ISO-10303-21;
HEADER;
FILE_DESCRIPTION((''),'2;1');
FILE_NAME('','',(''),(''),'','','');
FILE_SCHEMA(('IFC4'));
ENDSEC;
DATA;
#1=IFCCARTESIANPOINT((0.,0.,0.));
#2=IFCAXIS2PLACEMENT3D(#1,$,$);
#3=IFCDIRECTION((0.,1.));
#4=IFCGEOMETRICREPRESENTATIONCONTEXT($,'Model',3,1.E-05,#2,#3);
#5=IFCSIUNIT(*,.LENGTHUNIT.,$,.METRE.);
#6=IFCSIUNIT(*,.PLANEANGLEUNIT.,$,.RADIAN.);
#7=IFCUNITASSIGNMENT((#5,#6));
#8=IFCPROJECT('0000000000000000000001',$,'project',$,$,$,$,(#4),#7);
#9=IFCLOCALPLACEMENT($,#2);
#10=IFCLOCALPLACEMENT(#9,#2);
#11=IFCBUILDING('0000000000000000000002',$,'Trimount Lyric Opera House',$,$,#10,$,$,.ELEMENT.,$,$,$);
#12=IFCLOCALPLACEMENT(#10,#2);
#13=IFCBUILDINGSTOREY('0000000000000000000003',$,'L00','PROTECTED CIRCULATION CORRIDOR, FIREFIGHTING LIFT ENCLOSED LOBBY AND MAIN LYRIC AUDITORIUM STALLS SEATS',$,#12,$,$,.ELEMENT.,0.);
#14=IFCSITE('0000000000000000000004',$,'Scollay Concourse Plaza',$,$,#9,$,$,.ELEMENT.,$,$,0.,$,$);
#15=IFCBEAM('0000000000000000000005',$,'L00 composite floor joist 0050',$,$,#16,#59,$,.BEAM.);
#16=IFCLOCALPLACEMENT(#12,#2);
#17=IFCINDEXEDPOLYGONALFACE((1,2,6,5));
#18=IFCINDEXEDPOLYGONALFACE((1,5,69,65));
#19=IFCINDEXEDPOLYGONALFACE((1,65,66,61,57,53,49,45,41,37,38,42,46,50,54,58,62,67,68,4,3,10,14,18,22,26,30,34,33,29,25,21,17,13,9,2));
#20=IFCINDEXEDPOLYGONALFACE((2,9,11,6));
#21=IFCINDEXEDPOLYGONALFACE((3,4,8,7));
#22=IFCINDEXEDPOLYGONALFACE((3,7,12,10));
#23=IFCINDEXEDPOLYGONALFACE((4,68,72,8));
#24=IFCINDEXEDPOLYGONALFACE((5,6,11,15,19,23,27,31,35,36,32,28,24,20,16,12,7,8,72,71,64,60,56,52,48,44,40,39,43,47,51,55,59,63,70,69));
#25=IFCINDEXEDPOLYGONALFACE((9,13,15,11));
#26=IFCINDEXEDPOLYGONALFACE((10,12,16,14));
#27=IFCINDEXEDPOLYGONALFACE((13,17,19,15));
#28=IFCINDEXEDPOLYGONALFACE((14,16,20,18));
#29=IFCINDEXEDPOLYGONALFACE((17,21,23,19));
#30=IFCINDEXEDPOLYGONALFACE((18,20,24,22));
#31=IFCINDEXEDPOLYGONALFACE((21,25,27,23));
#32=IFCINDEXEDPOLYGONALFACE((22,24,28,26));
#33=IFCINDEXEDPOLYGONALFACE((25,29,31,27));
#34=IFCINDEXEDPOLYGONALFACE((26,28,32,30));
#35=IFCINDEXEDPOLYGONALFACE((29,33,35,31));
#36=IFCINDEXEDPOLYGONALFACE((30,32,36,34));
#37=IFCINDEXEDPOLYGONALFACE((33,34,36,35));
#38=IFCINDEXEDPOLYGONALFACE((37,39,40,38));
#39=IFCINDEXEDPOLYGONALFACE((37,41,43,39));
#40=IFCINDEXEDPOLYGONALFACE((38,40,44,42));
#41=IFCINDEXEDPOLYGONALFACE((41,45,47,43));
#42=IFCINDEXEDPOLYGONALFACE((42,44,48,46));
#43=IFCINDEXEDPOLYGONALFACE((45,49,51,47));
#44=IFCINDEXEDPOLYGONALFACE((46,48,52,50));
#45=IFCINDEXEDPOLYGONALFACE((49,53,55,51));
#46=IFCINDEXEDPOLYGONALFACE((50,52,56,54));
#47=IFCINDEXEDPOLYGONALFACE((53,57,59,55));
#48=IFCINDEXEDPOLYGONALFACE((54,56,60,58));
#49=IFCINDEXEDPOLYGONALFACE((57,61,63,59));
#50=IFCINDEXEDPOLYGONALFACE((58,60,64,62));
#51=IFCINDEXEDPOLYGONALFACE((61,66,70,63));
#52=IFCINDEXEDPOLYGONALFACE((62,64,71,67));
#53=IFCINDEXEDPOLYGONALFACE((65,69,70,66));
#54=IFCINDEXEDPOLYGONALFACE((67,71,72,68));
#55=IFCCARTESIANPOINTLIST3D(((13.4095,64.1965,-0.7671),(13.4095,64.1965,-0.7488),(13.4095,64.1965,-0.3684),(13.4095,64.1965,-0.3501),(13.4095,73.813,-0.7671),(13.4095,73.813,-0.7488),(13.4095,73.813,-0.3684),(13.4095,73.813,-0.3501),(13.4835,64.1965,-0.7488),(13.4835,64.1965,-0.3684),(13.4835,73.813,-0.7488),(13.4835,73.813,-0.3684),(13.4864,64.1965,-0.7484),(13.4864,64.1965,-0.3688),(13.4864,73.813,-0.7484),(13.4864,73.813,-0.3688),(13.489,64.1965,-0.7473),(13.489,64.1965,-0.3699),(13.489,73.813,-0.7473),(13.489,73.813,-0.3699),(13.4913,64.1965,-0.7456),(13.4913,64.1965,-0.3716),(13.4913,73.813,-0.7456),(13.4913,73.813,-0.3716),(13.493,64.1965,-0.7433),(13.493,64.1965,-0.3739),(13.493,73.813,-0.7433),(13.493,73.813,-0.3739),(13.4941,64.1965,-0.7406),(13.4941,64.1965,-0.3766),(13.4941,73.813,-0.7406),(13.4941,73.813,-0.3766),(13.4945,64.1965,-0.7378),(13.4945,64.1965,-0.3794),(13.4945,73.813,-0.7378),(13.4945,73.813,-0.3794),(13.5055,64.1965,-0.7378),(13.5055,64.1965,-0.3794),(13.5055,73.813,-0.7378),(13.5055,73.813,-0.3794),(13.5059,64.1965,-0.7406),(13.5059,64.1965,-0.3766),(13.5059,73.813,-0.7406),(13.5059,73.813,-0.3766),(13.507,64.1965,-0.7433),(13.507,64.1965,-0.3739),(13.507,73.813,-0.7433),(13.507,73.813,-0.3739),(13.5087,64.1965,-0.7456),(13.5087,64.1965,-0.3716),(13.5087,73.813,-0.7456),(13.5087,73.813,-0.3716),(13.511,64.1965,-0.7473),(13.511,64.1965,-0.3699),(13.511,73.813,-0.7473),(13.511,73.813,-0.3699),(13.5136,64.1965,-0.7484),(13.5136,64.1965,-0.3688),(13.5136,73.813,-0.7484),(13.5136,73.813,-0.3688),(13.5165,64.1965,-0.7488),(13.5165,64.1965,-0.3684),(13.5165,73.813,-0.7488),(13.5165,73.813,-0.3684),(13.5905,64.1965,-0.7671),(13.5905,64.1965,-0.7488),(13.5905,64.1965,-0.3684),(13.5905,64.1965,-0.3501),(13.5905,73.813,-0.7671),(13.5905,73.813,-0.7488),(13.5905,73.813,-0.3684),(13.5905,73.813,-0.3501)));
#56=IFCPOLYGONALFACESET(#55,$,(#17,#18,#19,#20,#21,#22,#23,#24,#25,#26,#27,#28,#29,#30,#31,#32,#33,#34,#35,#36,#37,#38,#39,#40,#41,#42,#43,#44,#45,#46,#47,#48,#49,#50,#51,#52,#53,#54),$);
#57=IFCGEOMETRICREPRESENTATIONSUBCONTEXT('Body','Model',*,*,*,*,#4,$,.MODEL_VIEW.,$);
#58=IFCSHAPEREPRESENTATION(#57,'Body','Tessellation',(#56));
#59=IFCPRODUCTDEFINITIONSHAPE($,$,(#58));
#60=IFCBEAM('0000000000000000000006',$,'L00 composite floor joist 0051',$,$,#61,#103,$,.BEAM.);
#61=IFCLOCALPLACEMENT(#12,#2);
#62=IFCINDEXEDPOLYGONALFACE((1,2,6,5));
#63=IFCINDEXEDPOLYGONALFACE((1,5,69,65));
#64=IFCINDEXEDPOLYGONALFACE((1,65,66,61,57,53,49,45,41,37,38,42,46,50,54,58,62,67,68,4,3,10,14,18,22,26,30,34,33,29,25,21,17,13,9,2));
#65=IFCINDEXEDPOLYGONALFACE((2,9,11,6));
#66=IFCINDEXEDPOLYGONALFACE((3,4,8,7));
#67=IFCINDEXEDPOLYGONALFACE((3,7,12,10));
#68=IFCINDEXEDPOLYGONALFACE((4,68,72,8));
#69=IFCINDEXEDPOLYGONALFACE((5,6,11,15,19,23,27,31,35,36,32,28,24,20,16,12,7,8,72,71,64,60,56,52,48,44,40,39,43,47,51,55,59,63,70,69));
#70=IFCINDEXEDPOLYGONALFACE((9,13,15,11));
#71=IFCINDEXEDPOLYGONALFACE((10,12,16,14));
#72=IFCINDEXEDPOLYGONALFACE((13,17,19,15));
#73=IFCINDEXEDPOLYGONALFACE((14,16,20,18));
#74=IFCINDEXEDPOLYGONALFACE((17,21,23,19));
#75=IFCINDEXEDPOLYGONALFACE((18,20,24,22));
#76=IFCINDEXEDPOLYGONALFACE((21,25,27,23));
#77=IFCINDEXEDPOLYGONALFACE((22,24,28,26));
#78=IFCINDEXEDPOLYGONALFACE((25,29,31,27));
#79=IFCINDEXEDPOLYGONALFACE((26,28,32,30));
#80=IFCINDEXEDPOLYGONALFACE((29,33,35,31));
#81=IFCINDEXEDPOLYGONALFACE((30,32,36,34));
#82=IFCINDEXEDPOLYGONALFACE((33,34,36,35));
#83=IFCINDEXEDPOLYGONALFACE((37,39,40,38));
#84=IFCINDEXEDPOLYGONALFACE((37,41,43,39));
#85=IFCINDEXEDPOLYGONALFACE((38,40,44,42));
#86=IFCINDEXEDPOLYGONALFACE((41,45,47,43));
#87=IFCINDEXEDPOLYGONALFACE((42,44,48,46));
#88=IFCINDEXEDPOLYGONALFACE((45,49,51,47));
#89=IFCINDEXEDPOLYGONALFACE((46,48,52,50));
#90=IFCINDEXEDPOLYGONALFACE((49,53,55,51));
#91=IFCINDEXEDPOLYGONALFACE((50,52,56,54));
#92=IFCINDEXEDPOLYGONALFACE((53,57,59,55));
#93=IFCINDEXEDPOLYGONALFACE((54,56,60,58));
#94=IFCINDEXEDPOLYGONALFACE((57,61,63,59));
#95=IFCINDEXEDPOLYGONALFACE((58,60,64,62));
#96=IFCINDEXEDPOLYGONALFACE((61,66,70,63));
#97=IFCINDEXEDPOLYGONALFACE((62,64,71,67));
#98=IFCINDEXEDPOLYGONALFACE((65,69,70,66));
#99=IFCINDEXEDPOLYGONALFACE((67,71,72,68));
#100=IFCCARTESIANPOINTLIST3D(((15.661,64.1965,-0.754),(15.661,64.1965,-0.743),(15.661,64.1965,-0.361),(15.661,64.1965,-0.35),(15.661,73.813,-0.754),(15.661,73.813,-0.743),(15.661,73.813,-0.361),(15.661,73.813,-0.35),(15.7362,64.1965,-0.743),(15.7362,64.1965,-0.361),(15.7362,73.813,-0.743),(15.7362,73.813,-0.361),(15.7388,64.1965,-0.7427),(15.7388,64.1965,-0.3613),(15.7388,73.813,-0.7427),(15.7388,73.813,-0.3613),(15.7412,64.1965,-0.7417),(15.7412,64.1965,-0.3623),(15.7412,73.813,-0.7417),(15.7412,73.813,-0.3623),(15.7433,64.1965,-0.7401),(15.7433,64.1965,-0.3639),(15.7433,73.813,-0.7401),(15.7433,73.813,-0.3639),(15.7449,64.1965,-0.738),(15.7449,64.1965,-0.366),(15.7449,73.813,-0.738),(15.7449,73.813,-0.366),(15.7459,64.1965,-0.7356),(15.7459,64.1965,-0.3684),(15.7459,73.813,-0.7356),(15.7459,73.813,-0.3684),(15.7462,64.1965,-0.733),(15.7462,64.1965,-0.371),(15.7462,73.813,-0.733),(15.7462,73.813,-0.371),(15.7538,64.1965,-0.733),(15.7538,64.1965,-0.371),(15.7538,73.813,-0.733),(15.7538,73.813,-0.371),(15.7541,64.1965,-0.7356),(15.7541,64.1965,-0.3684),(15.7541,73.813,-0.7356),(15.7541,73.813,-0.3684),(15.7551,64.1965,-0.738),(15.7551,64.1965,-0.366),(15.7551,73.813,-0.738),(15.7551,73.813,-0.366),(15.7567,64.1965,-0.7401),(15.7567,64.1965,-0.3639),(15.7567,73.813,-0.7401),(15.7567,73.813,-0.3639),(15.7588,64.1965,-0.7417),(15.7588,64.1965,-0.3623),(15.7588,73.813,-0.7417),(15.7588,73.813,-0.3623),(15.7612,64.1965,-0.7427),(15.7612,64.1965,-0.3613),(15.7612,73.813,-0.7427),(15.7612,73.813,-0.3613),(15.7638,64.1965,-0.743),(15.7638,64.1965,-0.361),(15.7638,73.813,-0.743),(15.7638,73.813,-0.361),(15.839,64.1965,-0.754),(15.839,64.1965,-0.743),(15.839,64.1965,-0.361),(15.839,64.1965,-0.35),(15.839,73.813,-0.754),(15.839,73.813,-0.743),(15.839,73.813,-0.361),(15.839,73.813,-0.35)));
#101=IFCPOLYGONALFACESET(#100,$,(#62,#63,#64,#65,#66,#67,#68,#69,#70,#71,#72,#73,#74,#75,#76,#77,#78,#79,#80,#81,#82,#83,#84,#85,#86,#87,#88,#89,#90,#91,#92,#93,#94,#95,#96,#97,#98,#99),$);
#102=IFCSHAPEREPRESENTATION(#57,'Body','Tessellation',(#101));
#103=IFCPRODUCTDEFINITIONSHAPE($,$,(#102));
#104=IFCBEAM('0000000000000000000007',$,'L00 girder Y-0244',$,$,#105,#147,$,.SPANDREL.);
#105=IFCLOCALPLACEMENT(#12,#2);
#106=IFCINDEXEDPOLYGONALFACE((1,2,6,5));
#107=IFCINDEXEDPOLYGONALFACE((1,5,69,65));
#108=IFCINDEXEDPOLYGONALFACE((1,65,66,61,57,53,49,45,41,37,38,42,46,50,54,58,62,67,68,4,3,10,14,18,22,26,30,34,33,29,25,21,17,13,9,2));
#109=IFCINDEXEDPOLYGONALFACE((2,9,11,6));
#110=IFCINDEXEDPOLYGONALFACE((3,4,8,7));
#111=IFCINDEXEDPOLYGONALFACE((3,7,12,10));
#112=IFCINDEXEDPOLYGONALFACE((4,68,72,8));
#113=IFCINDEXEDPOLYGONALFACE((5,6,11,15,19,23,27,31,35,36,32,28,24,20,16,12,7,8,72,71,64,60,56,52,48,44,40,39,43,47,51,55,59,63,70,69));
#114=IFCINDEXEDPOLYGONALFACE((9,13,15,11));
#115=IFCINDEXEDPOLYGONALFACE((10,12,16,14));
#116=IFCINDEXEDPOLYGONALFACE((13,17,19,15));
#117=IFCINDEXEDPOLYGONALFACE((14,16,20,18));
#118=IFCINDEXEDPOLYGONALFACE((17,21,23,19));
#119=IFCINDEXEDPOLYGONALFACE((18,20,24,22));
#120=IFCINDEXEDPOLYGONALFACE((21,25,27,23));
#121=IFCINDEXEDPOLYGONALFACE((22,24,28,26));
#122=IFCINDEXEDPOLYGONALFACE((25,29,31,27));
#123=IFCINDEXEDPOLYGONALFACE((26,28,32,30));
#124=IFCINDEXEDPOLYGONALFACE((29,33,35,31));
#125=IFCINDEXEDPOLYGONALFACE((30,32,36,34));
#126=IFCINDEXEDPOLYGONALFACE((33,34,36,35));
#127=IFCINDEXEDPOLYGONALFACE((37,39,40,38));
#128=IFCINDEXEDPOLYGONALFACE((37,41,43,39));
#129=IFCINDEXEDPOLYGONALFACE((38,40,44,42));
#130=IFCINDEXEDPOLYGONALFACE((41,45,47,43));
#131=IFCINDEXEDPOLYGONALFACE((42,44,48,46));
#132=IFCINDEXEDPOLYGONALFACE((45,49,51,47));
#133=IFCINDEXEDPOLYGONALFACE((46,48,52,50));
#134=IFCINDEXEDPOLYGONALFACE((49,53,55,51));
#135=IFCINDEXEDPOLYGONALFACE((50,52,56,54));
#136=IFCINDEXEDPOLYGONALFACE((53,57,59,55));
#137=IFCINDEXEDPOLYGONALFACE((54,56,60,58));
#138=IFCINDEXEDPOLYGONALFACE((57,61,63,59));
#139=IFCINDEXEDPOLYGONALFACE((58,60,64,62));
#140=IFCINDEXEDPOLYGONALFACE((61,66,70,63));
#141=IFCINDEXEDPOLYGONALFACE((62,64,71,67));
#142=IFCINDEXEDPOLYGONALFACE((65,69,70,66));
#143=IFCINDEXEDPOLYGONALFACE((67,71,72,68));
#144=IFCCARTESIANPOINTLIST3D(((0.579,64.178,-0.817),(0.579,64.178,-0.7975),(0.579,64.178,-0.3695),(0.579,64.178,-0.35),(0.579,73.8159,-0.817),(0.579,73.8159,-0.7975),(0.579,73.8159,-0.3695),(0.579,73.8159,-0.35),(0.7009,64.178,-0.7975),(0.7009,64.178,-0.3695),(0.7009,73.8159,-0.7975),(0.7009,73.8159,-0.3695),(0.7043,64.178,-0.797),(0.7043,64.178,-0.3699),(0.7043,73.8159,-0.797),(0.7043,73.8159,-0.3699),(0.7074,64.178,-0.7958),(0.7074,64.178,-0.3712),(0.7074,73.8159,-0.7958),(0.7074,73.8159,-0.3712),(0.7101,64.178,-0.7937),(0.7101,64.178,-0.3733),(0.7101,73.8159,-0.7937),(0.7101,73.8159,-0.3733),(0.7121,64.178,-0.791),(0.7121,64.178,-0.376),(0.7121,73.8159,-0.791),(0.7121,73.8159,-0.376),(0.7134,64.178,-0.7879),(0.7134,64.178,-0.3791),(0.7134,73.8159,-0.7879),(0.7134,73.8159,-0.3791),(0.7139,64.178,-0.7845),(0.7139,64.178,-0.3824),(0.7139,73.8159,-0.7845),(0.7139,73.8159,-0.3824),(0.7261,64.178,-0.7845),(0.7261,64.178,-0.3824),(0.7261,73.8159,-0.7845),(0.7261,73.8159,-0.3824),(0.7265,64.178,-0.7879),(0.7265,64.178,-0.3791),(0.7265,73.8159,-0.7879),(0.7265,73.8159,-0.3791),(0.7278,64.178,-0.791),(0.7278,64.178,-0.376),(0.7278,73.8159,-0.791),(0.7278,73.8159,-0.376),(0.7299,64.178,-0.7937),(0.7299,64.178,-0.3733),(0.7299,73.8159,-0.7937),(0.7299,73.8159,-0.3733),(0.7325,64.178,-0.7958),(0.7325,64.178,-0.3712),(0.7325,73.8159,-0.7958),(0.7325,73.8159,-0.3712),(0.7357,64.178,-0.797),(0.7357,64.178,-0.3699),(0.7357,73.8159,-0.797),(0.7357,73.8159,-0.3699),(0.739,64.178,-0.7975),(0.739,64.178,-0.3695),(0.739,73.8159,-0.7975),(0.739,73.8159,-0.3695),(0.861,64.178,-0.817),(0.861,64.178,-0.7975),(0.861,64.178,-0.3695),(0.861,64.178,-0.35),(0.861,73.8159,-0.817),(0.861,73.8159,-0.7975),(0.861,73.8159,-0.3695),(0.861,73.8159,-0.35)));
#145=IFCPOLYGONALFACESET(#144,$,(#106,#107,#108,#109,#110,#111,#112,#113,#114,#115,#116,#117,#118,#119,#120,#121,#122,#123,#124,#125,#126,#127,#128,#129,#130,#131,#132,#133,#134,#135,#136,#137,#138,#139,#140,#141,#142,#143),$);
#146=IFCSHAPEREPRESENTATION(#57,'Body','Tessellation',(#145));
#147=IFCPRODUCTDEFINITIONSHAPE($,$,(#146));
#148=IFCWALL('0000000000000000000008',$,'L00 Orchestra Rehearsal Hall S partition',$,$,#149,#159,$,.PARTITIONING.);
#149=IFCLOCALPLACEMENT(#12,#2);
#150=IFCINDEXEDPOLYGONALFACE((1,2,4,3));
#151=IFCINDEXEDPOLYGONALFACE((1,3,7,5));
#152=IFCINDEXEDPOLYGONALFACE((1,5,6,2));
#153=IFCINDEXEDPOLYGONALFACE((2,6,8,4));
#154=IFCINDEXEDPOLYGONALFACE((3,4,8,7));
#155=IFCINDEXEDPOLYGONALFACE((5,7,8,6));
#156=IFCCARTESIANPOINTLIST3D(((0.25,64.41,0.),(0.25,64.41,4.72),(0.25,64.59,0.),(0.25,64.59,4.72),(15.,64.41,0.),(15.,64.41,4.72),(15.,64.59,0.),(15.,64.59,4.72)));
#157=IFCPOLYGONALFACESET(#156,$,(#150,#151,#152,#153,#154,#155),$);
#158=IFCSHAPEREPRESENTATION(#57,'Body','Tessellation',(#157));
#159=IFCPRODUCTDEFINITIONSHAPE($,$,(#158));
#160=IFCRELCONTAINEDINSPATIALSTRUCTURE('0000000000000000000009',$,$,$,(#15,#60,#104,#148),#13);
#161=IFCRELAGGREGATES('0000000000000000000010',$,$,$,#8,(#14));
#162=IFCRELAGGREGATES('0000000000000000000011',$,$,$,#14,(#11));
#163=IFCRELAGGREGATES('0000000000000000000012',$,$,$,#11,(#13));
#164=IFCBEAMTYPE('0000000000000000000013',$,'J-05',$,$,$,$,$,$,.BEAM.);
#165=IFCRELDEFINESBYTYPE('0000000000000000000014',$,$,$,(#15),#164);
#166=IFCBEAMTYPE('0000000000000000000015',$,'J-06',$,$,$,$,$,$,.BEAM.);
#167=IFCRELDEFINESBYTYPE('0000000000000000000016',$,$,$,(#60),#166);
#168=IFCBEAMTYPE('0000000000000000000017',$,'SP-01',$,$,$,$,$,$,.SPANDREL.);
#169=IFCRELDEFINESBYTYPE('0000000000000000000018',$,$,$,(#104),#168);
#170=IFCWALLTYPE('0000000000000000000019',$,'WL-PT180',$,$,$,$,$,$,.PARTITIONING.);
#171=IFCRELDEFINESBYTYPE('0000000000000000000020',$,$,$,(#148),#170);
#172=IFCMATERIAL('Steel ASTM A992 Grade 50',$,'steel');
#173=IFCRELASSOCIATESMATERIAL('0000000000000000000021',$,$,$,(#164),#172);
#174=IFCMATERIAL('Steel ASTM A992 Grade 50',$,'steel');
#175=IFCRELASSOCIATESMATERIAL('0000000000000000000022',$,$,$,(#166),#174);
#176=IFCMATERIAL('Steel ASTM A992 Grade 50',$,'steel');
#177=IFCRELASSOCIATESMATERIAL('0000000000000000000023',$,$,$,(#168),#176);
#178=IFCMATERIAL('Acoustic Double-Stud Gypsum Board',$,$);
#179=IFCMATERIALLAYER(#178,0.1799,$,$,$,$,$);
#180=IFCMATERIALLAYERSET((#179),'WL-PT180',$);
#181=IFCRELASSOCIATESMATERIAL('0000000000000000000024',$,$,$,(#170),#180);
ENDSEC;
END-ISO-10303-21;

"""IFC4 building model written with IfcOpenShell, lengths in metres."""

from ifc_helpers import new_model, si_unit, direction, frame, frame_2d, origin, origin_2d, place, context, subcontext, project, spatial, rectangle, i_section, extrude, material, layer, layer_set, material_profile, profile_set, type_object, element, save


model = new_model("IFC4")

# Units and contexts
model_context = context("Model", 3, precision=1e-05, world=origin(), true_north=direction((0.0, 1.0)))
body_context = subcontext(model_context, "Body", "Model", "MODEL_VIEW")
ifc_project = project(units=[si_unit("LENGTHUNIT", "METRE"), si_unit("PLANEANGLEUNIT", "RADIAN")], contexts=[model_context])

# Site, building, storey
site_placement = place(None, origin())
site = spatial("IfcSite", under=ifc_project, at=site_placement, Name="Scollay Concourse Plaza", CompositionType="ELEMENT", RefElevation=0.0)
building_placement = place(site_placement, origin())
building = spatial("IfcBuilding", under=site, at=building_placement, Name="Trimount Lyric Opera House", CompositionType="ELEMENT")
storey_placement = place(building_placement, origin())
storey = spatial("IfcBuildingStorey", under=building, at=storey_placement, Name="L00", Description="PROTECTED CIRCULATION CORRIDOR, FIREFIGHTING LIFT ENCLOSED LOBBY AND MAIN LYRIC AUDITORIUM STALLS SEATS", CompositionType="ELEMENT", Elevation=0.0)

# Beams
ifc_material_1 = material(Name="Steel ASTM A992 Grade 50", Category="steel")
ifc_material_profile_1 = material_profile(ifc_material_1, i_section(OverallWidth=0.1809, OverallDepth=0.417, WebThickness=0.011, FlangeThickness=0.0183, FilletRadius=0.011, at=origin_2d()), Name="W16X57")
ifc_profile_set_1 = profile_set([ifc_material_profile_1], Name="Steel ASTM A992 Grade 50")
beam_type_1 = type_object("IfcBeamType", Name="J-05", PredefinedType="BEAM", material=ifc_profile_set_1)
beam_1_placement = place(storey_placement, frame((13.5, 64.1965, -0.5586), z_axis=(0.0, 1.0, 0.0), x_axis=(-1.0, 0.0, 0.0)))
element("IfcBeam", 1, at=beam_1_placement, inside=storey, type_object=beam_type_1, Name="L00 composite floor joist 0050", PredefinedType="BEAM", context=body_context, shape_type="SweptSolid", body=[
    extrude(i_section(OverallWidth=0.1809, OverallDepth=0.417, WebThickness=0.011, FlangeThickness=0.0183, FilletRadius=0.011, at=origin_2d()), origin(), (0.0, 0.0, 1.0), 9.6165),
])
ifc_material_2 = material(Name="Steel ASTM A992 Grade 50", Category="steel")
ifc_material_profile_2 = material_profile(ifc_material_2, i_section(OverallWidth=0.178, OverallDepth=0.4041, WebThickness=0.0076, FlangeThickness=0.011, FilletRadius=0.01, at=origin_2d()), Name="W16X36")
ifc_profile_set_2 = profile_set([ifc_material_profile_2], Name="Steel ASTM A992 Grade 50")
beam_type_2 = type_object("IfcBeamType", Name="J-06", PredefinedType="BEAM", material=ifc_profile_set_2)
beam_2_placement = place(storey_placement, frame((15.75, 64.1965, -0.552), z_axis=(0.0, 1.0, 0.0), x_axis=(-1.0, 0.0, 0.0)))
element("IfcBeam", 2, at=beam_2_placement, inside=storey, type_object=beam_type_2, Name="L00 composite floor joist 0051", PredefinedType="BEAM", context=body_context, shape_type="SweptSolid", body=[
    extrude(i_section(OverallWidth=0.178, OverallDepth=0.4041, WebThickness=0.0076, FlangeThickness=0.011, FilletRadius=0.01, at=origin_2d()), origin(), (0.0, 0.0, 1.0), 9.6165),
])
ifc_material_3 = material(Name="Steel ASTM A992 Grade 50", Category="steel")
ifc_material_profile_3 = material_profile(ifc_material_3, i_section(OverallWidth=0.282, OverallDepth=0.467, WebThickness=0.0122, FlangeThickness=0.0195, FilletRadius=0.0129, at=origin_2d()), Name="W18X86")
ifc_profile_set_3 = profile_set([ifc_material_profile_3], Name="Steel ASTM A992 Grade 50")
beam_type_3 = type_object("IfcBeamType", Name="SP-01", PredefinedType="SPANDREL", material=ifc_profile_set_3)
beam_3_placement = place(storey_placement, frame((0.72, 64.178, -0.5835), z_axis=(0.0, 1.0, 0.0), x_axis=(-1.0, 0.0, 0.0)))
element("IfcBeam", 3, at=beam_3_placement, inside=storey, type_object=beam_type_3, Name="L00 girder Y-0244", PredefinedType="SPANDREL", context=body_context, shape_type="SweptSolid", body=[
    extrude(i_section(OverallWidth=0.282, OverallDepth=0.467, WebThickness=0.0122, FlangeThickness=0.0195, FilletRadius=0.0129, at=origin_2d()), origin(), (0.0, 0.0, 1.0), 9.6379),
])

# Wall
ifc_material_4 = material(Name="Acoustic Double-Stud Gypsum Board")
ifc_layer_1 = layer(ifc_material_4, 0.1799)
ifc_layer_set_1 = layer_set([ifc_layer_1], Name="WL-PT180")
wall_type_1 = type_object("IfcWallType", Name="WL-PT180", PredefinedType="PARTITIONING", material=ifc_layer_set_1)
wall_1_placement = place(storey_placement, frame((0.25, 64.5, 0.0), z_axis=(0.0, 0.0, 1.0), x_axis=(1.0, 0.0, 0.0)))
element("IfcWall", 4, at=wall_1_placement, inside=storey, type_object=wall_type_1, Name="L00 Orchestra Rehearsal Hall S partition", PredefinedType="PARTITIONING", context=body_context, shape_type="SweptSolid", body=[
    extrude(rectangle(XDim=14.75, YDim=0.1799, at=frame_2d((7.375, 0.0))), origin(), (0.0, 0.0, 1.0), 4.72),
])

save(model, "model.ifc")
